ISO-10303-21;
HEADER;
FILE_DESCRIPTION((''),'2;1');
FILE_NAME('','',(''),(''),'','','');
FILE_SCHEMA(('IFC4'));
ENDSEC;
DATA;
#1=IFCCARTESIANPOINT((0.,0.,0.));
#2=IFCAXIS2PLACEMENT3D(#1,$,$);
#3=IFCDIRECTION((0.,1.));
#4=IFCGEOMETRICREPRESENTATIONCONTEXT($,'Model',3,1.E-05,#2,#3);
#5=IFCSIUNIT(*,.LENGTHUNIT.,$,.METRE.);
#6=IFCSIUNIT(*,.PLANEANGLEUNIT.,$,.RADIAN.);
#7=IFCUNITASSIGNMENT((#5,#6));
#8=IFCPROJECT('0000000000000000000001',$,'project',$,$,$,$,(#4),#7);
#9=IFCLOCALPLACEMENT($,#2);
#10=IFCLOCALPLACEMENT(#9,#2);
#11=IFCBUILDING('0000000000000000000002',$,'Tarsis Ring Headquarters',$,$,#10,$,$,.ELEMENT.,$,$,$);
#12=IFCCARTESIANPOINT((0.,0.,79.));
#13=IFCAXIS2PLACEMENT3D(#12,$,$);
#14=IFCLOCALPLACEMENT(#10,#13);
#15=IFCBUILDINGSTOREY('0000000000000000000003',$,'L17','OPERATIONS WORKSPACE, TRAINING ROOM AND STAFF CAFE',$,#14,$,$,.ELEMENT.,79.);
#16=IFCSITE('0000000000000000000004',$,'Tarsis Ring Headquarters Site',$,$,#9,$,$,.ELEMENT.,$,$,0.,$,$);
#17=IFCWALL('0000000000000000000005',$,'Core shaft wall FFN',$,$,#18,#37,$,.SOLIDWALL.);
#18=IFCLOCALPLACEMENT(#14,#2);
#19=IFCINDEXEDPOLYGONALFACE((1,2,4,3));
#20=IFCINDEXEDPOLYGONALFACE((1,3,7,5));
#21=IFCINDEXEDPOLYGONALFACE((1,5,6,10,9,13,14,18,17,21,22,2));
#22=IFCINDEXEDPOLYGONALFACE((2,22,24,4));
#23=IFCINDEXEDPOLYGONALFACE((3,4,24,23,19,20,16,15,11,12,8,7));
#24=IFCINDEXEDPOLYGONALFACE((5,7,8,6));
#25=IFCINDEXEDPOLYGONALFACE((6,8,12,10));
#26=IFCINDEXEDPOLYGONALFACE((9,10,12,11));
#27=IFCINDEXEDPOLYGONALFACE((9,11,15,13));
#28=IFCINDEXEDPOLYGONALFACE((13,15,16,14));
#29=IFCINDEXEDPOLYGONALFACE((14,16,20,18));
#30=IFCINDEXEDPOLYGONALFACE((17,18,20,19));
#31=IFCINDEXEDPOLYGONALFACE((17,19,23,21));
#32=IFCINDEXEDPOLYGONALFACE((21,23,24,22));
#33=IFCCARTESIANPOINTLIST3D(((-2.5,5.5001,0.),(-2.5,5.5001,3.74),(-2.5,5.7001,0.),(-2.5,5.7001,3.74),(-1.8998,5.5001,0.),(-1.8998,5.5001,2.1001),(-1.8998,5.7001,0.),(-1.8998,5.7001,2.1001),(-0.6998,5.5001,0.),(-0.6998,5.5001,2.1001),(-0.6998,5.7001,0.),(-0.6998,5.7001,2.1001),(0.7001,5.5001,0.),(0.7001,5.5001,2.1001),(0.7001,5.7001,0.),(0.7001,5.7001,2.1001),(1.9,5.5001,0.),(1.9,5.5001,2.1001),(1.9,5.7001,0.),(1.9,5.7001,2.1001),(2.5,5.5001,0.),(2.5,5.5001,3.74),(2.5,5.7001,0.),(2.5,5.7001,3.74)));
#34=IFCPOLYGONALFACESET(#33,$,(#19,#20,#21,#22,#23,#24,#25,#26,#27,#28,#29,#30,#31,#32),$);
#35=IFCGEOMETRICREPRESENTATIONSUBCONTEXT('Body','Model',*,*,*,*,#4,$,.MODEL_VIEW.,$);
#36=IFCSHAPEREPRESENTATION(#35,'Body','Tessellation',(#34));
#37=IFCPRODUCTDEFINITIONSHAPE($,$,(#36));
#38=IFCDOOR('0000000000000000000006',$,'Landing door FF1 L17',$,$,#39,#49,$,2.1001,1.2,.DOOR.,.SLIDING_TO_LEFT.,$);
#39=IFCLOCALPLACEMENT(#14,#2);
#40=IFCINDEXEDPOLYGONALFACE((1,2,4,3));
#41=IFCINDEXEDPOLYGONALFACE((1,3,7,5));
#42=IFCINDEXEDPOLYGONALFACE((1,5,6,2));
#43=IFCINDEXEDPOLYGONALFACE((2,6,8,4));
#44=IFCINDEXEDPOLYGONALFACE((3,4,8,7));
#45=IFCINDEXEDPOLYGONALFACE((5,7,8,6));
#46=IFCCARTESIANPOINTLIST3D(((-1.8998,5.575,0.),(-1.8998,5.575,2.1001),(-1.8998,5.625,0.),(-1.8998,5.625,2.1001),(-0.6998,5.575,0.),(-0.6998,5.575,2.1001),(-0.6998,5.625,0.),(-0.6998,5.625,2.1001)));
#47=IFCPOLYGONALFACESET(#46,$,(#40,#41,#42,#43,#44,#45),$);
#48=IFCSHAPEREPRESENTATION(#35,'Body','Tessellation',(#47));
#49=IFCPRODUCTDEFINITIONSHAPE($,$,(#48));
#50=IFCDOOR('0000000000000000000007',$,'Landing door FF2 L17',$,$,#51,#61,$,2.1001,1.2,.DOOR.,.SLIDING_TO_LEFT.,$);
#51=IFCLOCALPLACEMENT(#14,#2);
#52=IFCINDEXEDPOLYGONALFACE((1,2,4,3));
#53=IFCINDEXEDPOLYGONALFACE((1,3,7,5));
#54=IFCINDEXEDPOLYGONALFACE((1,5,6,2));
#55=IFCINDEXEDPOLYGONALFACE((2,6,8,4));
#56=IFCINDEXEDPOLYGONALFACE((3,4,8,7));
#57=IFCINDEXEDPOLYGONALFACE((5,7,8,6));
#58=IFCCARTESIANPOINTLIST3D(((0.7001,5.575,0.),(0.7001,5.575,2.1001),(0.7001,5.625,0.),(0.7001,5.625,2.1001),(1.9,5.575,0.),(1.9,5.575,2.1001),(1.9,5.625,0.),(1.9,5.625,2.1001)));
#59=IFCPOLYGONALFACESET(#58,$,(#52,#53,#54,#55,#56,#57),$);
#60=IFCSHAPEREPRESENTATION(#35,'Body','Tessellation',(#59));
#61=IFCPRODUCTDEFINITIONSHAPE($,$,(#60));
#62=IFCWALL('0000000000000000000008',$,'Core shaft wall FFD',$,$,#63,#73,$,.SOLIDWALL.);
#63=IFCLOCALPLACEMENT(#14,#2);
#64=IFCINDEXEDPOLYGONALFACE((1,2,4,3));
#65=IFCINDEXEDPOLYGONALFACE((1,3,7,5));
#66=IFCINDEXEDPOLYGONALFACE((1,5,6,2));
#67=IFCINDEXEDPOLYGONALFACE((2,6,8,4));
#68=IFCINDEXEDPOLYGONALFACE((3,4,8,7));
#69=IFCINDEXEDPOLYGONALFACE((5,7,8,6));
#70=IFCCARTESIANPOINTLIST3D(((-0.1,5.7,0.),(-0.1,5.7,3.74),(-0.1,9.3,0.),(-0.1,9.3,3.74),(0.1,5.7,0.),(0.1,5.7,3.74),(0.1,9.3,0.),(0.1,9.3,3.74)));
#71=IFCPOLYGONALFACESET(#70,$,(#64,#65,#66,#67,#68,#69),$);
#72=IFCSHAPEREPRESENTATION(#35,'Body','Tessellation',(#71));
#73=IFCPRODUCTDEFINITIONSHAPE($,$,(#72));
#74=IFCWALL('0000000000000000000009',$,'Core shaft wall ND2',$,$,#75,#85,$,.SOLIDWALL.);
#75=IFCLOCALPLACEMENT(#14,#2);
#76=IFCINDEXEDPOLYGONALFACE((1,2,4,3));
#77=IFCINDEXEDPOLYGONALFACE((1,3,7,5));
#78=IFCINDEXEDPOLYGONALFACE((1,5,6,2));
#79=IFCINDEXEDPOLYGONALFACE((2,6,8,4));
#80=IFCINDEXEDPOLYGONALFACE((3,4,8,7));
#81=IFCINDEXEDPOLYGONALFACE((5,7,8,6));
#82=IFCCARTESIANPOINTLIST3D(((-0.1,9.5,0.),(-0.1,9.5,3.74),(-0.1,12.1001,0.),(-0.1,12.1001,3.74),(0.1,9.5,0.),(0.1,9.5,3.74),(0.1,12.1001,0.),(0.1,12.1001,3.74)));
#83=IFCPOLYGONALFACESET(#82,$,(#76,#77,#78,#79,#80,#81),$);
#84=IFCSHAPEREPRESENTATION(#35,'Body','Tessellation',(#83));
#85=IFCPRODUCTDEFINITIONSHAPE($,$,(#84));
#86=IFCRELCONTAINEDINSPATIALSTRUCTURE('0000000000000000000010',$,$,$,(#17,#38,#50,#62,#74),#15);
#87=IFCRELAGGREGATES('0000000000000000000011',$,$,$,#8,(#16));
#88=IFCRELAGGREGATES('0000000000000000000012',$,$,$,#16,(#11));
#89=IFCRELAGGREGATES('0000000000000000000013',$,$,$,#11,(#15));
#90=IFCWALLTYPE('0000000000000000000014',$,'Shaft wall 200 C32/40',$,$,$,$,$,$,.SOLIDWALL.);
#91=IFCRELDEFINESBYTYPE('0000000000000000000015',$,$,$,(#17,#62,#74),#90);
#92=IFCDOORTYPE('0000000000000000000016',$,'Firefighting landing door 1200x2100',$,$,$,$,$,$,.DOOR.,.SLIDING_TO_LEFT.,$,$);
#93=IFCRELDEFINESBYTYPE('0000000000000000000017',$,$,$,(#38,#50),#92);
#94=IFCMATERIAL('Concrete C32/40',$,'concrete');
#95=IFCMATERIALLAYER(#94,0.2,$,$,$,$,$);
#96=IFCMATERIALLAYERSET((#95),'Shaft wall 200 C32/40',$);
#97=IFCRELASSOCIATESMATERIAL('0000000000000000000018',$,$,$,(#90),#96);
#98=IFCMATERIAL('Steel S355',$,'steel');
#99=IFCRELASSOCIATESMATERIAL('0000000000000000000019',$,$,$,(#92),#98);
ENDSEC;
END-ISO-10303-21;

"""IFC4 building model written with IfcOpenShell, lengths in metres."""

from ifc_helpers import new_model, si_unit, direction, frame, frame_2d, origin, place, context, subcontext, project, spatial, rectangle, extrude, material, layer, layer_set, type_object, element, fill, save


model = new_model("IFC4")

# Units and contexts
model_context = context("Model", 3, precision=1e-05, world=origin(), true_north=direction((0.0, 1.0)))
body_context = subcontext(model_context, "Body", "Model", "MODEL_VIEW")
ifc_project = project(units=[si_unit("LENGTHUNIT", "METRE"), si_unit("PLANEANGLEUNIT", "RADIAN")], contexts=[model_context])

# Site, building, storey
site_placement = place(None, origin())
site = spatial("IfcSite", under=ifc_project, at=site_placement, Name="Tarsis Ring Headquarters Site", CompositionType="ELEMENT", RefElevation=0.0)
building_placement = place(site_placement, origin())
building = spatial("IfcBuilding", under=site, at=building_placement, Name="Tarsis Ring Headquarters", CompositionType="ELEMENT")
storey_placement = place(building_placement, frame((0.0, 0.0, 79.0)))
storey = spatial("IfcBuildingStorey", under=building, at=storey_placement, Name="L17", Description="OPERATIONS WORKSPACE, TRAINING ROOM AND STAFF CAFE", CompositionType="ELEMENT", Elevation=79.0)

# Shared definitions
ifc_material_1 = material(Name="Concrete C32/40", Category="concrete")

# Shared definitions
ifc_layer_1 = layer(ifc_material_1, 0.2)
ifc_layer_set_1 = layer_set([ifc_layer_1], Name="Shaft wall 200 C32/40")
wall_type_1 = type_object("IfcWallType", Name="Shaft wall 200 C32/40", PredefinedType="SOLIDWALL", material=ifc_layer_set_1)
ifc_material_2 = material(Name="Steel S355", Category="steel")

# Wall, openings, doors
wall_1_placement = place(storey_placement, frame((-2.5, 5.6001, 0.0), z_axis=(0.0, 0.0, 1.0), x_axis=(1.0, 0.0, 0.0)))
wall_1 = element("IfcWall", 1, at=wall_1_placement, inside=storey, type_object=wall_type_1, Name="Core shaft wall FFN", PredefinedType="SOLIDWALL", context=body_context, shape_type="SweptSolid", body=[
    extrude(rectangle(XDim=5.0, YDim=0.2, at=frame_2d((2.5, 0.0))), origin(), (0.0, 0.0, 1.0), 3.74),
])
opening_1_placement = place(wall_1_placement, frame((0.6001, 0.0, 0.0)))
opening_1 = element("IfcOpeningElement", 2, at=opening_1_placement, cuts=wall_1, PredefinedType="OPENING", context=body_context, shape_type="SweptSolid", body=[
    extrude(rectangle(XDim=1.2, YDim=2.1001, at=frame_2d((0.6001, 1.05))), frame((0.0, 0.1099, 0.0), z_axis=(0.0, -1.0, 0.0), x_axis=(1.0, 0.0, 0.0)), (0.0, 0.0, 1.0), 0.22),
])
opening_2_placement = place(wall_1_placement, frame((3.2, 0.0, 0.0)))
opening_2 = element("IfcOpeningElement", 3, at=opening_2_placement, cuts=wall_1, PredefinedType="OPENING", context=body_context, shape_type="SweptSolid", body=[
    extrude(rectangle(XDim=1.2, YDim=2.1001, at=frame_2d((0.6001, 1.05))), frame((0.0, 0.1099, 0.0), z_axis=(0.0, -1.0, 0.0), x_axis=(1.0, 0.0, 0.0)), (0.0, 0.0, 1.0), 0.22),
])
door_type_1 = type_object("IfcDoorType", Name="Firefighting landing door 1200x2100", OperationType="SLIDING_TO_LEFT", PredefinedType="DOOR", material=ifc_material_2)
door_1_placement = place(opening_1_placement, origin())
door_1 = element("IfcDoor", 4, at=door_1_placement, inside=storey, type_object=door_type_1, Name="Landing door FF1 L17", OperationType="SLIDING_TO_LEFT", OverallHeight=2.1001, OverallWidth=1.2, PredefinedType="DOOR", context=body_context, shape_type="SweptSolid", body=[
    extrude(rectangle(XDim=1.2, YDim=2.1001, at=frame_2d((0.6001, 1.05))), frame((0.0, 0.0249, 0.0), z_axis=(0.0, -1.0, 0.0), x_axis=(1.0, 0.0, 0.0)), (0.0, 0.0, 1.0), 0.05),
])
fill(opening_1, door_1)
door_2_placement = place(opening_2_placement, origin())
door_2 = element("IfcDoor", 5, at=door_2_placement, inside=storey, type_object=door_type_1, Name="Landing door FF2 L17", OperationType="SLIDING_TO_LEFT", OverallHeight=2.1001, OverallWidth=1.2, PredefinedType="DOOR", context=body_context, shape_type="SweptSolid", body=[
    extrude(rectangle(XDim=1.2, YDim=2.1001, at=frame_2d((0.6001, 1.05))), frame((0.0, 0.0249, 0.0), z_axis=(0.0, -1.0, 0.0), x_axis=(1.0, 0.0, 0.0)), (0.0, 0.0, 1.0), 0.05),
])
fill(opening_2, door_2)

# Walls
wall_2_placement = place(storey_placement, frame((0.0, 5.7, 0.0), z_axis=(0.0, 0.0, 1.0), x_axis=(0.0, 1.0, 0.0)))
element("IfcWall", 6, at=wall_2_placement, inside=storey, type_object=wall_type_1, Name="Core shaft wall FFD", PredefinedType="SOLIDWALL", context=body_context, shape_type="SweptSolid", body=[
    extrude(rectangle(XDim=3.6001, YDim=0.2, at=frame_2d((1.8, 0.0))), origin(), (0.0, 0.0, 1.0), 3.74),
])
wall_3_placement = place(storey_placement, frame((0.0, 9.5, 0.0), z_axis=(0.0, 0.0, 1.0), x_axis=(0.0, 1.0, 0.0)))
element("IfcWall", 7, at=wall_3_placement, inside=storey, type_object=wall_type_1, Name="Core shaft wall ND2", PredefinedType="SOLIDWALL", context=body_context, shape_type="SweptSolid", body=[
    extrude(rectangle(XDim=2.6001, YDim=0.2, at=frame_2d((1.3, 0.0))), origin(), (0.0, 0.0, 1.0), 3.74),
])

save(model, "model.ifc")
